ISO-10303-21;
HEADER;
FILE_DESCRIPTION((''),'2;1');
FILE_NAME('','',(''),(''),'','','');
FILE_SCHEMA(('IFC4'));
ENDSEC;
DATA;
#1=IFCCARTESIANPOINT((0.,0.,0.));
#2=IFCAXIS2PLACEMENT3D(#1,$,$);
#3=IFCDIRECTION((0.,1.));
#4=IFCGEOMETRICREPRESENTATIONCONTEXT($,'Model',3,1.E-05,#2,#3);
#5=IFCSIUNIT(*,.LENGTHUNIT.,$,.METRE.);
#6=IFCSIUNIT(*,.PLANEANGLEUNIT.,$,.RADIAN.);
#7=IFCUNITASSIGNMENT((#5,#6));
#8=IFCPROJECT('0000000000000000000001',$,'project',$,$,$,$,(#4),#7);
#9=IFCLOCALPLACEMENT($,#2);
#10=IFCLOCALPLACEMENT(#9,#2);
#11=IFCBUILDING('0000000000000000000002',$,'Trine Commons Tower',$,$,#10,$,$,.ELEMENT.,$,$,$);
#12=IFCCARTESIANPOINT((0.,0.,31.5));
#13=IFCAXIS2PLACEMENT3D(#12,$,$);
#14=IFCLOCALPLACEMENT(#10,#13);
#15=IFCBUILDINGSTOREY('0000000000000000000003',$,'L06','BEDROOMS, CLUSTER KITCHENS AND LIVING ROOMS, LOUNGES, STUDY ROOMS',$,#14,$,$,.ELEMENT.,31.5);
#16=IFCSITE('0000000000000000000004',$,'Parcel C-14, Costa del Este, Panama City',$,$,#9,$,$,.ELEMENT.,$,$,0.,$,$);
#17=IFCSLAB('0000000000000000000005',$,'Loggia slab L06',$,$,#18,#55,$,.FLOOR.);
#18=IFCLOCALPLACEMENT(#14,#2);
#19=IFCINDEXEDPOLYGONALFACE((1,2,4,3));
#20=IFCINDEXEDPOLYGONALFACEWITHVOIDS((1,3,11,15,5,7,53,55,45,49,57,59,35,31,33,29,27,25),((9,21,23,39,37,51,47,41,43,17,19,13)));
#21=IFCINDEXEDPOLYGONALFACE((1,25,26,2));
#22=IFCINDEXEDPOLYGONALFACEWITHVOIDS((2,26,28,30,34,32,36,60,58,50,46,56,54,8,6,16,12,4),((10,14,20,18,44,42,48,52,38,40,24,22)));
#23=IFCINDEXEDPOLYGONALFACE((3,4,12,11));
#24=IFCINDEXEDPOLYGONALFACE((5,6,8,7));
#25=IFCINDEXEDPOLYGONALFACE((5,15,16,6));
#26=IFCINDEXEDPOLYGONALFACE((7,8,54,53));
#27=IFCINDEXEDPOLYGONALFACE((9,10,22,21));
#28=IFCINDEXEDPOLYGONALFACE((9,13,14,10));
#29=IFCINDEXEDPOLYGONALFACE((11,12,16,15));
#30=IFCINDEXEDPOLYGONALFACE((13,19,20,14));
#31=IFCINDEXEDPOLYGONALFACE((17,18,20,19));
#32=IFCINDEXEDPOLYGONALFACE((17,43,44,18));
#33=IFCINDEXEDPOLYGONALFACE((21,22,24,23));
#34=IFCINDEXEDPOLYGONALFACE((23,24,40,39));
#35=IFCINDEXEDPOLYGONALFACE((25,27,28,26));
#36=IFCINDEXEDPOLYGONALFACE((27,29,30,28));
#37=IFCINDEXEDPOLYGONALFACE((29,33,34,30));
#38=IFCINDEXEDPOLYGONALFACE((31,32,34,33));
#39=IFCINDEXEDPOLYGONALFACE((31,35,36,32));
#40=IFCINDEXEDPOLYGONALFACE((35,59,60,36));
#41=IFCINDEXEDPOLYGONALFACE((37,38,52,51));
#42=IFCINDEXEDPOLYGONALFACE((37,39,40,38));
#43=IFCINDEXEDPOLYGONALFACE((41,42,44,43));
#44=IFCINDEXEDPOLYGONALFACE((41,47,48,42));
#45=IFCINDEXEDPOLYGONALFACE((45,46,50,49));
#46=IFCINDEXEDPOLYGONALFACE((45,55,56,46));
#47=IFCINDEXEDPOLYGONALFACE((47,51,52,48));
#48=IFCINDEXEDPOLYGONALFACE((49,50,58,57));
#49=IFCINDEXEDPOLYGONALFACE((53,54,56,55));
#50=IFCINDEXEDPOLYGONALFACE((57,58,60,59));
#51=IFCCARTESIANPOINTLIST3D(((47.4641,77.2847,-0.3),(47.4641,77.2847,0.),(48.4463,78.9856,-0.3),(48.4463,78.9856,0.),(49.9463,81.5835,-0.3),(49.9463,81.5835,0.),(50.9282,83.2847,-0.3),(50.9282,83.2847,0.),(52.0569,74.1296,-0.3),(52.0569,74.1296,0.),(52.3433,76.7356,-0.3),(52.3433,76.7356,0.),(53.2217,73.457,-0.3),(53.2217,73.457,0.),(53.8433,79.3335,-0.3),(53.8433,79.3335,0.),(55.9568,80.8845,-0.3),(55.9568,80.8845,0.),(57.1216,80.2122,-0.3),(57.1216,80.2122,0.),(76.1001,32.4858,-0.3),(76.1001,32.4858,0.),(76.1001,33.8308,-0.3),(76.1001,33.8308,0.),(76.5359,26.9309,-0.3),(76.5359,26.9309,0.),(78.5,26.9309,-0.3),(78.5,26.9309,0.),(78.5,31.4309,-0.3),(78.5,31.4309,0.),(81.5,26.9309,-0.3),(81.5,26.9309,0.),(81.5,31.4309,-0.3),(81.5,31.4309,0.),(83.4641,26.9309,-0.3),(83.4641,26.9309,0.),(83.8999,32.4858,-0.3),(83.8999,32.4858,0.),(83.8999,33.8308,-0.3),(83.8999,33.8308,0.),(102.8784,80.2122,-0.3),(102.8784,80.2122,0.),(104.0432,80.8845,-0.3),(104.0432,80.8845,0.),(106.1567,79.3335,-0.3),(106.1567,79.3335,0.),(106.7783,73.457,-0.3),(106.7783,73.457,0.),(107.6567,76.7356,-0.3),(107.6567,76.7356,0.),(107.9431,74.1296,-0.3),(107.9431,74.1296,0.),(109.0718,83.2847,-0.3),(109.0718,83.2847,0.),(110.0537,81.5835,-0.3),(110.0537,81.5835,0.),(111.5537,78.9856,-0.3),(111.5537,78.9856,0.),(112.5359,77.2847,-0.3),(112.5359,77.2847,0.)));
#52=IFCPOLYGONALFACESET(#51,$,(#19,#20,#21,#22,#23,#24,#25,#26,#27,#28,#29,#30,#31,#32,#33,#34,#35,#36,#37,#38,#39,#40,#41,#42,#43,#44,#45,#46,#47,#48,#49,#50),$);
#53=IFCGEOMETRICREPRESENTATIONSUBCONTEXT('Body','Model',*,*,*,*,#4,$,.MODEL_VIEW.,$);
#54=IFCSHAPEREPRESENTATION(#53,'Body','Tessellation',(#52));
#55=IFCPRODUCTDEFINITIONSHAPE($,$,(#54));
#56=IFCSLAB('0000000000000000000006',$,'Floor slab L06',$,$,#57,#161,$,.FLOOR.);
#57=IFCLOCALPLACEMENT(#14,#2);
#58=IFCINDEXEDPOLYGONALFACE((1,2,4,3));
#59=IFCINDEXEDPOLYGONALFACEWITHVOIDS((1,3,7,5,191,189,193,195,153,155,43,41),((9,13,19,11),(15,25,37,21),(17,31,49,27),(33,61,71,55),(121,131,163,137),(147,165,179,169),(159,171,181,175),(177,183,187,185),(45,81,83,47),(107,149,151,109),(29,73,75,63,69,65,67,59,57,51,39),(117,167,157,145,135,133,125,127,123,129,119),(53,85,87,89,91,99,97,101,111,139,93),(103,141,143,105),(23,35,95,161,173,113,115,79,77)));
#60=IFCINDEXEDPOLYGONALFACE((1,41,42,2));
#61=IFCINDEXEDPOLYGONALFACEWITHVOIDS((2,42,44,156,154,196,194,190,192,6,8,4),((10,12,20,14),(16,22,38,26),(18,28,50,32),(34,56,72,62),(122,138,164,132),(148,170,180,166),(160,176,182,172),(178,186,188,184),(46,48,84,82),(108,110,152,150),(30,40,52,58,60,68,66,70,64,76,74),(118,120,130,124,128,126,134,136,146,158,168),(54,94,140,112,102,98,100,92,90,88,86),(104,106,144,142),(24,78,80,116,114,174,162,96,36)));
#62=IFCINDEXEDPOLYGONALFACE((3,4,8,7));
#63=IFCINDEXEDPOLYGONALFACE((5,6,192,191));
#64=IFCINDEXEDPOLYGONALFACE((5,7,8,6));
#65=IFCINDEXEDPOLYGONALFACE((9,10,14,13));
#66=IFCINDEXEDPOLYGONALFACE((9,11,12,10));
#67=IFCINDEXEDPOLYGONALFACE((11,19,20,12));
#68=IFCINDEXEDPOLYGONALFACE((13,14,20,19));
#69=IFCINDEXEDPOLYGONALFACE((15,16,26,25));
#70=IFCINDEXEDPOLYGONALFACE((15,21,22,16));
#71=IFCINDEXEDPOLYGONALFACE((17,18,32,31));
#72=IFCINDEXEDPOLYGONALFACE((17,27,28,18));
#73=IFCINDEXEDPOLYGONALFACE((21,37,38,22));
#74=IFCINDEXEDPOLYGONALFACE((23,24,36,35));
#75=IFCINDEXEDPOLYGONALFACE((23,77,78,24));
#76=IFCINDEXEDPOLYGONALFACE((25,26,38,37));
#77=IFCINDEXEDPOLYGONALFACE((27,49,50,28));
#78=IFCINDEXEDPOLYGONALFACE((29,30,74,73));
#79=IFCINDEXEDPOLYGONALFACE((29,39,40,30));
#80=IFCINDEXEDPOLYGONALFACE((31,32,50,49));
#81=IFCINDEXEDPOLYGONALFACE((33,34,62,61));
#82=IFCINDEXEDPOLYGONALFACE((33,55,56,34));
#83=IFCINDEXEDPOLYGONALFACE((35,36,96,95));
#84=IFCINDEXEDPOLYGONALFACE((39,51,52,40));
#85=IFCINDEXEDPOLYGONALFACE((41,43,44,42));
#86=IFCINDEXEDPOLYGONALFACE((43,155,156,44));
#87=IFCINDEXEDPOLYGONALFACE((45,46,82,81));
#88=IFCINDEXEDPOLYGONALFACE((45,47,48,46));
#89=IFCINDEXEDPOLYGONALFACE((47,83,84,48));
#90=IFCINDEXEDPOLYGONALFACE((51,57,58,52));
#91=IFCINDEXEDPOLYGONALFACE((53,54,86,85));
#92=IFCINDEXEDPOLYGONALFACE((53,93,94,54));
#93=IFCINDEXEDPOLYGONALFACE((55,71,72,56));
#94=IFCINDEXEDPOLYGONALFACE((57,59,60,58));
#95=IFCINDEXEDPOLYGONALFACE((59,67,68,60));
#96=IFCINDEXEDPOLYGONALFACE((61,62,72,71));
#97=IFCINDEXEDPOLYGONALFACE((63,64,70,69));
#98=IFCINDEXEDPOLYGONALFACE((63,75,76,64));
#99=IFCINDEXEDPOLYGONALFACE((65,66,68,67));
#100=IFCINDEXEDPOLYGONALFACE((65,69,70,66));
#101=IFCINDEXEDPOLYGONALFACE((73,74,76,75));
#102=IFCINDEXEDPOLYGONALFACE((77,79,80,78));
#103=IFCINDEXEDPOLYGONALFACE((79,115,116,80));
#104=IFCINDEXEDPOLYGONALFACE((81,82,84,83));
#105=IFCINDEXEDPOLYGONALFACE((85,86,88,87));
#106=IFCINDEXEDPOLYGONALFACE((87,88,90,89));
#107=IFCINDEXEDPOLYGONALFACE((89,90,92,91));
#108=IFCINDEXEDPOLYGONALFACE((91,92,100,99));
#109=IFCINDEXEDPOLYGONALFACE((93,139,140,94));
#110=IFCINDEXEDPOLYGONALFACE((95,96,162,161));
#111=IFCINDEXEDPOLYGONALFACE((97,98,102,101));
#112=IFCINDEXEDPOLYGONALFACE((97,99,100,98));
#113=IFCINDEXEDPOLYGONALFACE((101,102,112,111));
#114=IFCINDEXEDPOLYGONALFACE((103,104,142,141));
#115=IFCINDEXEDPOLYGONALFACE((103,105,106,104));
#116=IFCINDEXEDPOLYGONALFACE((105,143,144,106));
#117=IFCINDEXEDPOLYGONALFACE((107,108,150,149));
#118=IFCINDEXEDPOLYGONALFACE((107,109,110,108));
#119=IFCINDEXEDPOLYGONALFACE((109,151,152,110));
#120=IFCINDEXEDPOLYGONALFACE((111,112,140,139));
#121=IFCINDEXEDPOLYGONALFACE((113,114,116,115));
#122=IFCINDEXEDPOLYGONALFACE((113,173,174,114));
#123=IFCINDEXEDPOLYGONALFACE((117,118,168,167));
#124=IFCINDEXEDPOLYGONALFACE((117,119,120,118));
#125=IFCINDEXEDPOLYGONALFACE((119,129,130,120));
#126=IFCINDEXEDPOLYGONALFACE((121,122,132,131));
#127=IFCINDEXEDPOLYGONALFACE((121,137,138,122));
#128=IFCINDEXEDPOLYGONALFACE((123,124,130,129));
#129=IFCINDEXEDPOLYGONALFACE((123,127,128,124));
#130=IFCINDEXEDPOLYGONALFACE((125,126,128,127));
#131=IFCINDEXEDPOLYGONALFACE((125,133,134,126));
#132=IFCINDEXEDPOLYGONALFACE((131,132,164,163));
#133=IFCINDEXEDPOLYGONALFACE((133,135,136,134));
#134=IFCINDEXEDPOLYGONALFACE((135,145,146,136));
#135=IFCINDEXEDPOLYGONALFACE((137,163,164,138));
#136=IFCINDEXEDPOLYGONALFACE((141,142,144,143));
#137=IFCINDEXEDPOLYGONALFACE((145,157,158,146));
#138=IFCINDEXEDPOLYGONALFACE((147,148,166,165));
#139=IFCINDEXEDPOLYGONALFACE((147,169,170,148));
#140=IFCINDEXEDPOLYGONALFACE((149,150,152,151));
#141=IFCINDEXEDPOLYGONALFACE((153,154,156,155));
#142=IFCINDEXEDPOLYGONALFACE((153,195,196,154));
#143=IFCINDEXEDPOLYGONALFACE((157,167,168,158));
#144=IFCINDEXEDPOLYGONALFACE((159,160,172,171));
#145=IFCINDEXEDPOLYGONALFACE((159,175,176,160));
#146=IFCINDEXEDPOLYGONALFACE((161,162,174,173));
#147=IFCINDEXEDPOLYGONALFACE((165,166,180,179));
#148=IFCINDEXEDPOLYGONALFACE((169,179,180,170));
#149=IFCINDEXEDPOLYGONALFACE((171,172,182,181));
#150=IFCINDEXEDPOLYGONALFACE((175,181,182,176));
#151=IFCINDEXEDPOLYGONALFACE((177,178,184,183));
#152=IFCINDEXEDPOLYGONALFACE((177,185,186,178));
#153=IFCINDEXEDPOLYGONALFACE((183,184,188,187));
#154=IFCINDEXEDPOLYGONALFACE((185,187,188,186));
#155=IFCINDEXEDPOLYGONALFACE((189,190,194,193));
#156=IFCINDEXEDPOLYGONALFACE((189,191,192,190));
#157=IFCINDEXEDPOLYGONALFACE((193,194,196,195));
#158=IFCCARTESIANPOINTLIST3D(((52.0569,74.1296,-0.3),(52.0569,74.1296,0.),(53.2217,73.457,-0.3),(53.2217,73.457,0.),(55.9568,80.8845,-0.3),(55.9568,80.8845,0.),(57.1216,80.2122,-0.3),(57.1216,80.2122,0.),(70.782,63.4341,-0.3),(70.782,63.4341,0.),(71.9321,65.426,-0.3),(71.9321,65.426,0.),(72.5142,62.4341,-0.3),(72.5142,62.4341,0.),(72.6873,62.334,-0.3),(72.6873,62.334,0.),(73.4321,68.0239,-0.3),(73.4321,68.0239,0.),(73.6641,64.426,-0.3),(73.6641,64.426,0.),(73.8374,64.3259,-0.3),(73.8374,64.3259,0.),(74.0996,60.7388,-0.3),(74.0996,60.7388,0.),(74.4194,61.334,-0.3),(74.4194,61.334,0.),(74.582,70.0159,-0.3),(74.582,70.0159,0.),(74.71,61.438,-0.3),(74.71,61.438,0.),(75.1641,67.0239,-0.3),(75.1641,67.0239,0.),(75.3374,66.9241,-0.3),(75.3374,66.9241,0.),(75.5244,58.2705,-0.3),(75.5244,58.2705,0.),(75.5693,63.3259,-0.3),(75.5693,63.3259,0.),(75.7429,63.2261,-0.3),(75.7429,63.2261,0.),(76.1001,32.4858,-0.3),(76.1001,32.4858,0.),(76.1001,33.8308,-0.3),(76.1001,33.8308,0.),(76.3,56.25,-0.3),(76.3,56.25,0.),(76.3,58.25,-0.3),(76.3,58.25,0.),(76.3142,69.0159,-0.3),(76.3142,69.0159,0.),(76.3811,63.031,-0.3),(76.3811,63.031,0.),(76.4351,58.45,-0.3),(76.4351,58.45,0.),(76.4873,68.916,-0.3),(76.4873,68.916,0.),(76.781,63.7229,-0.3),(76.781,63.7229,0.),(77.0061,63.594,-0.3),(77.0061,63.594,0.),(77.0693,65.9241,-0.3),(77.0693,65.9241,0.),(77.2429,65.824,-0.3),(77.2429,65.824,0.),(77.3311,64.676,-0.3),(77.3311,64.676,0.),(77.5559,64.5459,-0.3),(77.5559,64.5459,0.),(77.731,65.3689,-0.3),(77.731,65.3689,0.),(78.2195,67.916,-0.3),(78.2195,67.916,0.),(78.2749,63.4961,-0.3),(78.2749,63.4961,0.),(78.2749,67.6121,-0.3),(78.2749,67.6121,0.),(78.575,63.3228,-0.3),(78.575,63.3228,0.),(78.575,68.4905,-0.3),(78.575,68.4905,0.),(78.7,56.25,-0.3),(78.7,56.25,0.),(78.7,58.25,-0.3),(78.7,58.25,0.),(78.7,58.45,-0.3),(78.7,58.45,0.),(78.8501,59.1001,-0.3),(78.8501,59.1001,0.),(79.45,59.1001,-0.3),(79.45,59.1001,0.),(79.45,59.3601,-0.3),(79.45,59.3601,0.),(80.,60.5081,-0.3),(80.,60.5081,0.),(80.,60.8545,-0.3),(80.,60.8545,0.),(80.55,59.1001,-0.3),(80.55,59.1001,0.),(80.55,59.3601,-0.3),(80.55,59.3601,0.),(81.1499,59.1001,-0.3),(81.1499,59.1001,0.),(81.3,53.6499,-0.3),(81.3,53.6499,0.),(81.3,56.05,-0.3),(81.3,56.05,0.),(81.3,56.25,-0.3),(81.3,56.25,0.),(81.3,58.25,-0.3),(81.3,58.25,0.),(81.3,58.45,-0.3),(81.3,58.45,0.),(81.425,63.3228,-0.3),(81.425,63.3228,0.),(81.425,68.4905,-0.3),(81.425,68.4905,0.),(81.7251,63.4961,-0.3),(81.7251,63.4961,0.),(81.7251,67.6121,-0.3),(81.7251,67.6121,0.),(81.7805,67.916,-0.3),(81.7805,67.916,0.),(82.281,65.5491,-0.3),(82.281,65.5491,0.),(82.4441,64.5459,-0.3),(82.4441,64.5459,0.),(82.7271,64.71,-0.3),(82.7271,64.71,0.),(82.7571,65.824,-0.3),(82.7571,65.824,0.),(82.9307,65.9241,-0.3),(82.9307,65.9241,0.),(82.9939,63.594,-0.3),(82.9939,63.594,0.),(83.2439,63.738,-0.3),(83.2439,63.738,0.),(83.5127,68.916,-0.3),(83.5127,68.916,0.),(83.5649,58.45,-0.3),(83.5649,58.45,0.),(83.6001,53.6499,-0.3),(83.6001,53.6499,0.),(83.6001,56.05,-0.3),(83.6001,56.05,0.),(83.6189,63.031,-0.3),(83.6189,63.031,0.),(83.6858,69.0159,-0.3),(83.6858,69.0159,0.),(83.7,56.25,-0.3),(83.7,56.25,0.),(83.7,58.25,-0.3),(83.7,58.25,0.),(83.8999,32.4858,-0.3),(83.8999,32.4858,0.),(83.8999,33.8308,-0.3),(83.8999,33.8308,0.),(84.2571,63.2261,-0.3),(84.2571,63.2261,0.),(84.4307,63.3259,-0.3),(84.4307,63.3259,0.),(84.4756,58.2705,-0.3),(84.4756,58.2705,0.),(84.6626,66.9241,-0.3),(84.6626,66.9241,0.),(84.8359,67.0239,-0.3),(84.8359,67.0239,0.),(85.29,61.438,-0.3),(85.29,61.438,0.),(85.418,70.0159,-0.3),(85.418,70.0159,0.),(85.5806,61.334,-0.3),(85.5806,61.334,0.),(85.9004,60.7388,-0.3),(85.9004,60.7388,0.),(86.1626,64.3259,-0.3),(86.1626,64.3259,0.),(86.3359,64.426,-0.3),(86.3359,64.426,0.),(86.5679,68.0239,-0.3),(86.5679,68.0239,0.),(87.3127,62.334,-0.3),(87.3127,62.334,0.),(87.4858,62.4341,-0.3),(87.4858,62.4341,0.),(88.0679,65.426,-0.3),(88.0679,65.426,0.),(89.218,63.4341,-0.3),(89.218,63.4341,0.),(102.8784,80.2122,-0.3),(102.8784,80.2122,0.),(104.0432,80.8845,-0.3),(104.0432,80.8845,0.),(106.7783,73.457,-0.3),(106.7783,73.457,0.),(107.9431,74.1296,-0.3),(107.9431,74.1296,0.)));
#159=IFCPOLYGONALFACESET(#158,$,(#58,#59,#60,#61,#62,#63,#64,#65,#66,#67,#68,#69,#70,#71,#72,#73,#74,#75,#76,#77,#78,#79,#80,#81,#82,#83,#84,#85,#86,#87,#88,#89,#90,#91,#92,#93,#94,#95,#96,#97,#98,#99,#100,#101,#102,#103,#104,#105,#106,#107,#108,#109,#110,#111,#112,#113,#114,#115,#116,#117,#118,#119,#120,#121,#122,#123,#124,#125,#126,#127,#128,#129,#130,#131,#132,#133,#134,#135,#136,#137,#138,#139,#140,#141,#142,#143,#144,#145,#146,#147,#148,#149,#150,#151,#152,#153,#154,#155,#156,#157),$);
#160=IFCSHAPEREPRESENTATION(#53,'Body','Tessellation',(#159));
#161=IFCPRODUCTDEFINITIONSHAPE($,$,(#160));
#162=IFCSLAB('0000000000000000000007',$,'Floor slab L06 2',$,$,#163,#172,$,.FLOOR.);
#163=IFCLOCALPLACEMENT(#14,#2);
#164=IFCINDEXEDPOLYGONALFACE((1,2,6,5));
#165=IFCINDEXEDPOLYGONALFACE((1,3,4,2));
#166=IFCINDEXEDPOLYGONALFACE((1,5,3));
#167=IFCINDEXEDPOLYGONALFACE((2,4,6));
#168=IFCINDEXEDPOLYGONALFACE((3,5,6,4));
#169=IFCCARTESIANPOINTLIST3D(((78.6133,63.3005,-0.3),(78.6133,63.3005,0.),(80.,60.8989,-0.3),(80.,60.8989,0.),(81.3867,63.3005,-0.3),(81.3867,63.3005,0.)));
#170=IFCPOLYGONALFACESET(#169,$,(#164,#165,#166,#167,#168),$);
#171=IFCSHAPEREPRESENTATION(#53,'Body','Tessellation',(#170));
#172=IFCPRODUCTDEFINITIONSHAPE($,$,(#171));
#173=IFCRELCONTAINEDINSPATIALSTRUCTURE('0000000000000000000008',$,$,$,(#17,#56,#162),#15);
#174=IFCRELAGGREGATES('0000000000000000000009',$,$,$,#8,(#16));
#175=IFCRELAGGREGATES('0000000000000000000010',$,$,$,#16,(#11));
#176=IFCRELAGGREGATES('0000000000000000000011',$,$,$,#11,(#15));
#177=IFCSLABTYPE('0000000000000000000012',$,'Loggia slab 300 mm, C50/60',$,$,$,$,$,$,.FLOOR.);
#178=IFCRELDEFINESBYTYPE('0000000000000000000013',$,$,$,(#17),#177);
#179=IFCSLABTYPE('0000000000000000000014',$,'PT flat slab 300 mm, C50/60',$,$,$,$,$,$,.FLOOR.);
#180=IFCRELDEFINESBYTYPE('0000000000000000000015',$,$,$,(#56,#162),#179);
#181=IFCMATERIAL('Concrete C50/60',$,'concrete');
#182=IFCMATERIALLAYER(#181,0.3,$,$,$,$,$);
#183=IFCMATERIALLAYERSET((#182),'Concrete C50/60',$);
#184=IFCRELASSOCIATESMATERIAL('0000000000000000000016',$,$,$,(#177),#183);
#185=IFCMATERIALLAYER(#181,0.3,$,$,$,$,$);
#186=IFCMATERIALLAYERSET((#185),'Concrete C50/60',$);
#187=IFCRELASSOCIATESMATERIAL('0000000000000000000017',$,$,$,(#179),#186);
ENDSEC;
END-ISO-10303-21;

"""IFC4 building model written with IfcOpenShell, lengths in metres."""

from ifc_helpers import new_model, si_unit, direction, frame, origin, place, context, subcontext, project, spatial, polyline, outline, extrude, material, layer, layer_set, type_object, element, save


model = new_model("IFC4")

# Units and contexts
model_context = context("Model", 3, precision=1e-05, world=origin(), true_north=direction((0.0, 1.0)))
body_context = subcontext(model_context, "Body", "Model", "MODEL_VIEW")
ifc_project = project(units=[si_unit("LENGTHUNIT", "METRE"), si_unit("PLANEANGLEUNIT", "RADIAN")], contexts=[model_context])

# Site, building, storey
site_placement = place(None, origin())
site = spatial("IfcSite", under=ifc_project, at=site_placement, Name="Parcel C-14, Costa del Este, Panama City", CompositionType="ELEMENT", RefElevation=0.0)
building_placement = place(site_placement, origin())
building = spatial("IfcBuilding", under=site, at=building_placement, Name="Trine Commons Tower", CompositionType="ELEMENT")
storey_placement = place(building_placement, frame((0.0, 0.0, 31.5)))
storey = spatial("IfcBuildingStorey", under=building, at=storey_placement, Name="L06", Description="BEDROOMS, CLUSTER KITCHENS AND LIVING ROOMS, LOUNGES, STUDY ROOMS", CompositionType="ELEMENT", Elevation=31.5)

# Slabs
ifc_material_1 = material(Name="Concrete C50/60", Category="concrete")
ifc_layer_1 = layer(ifc_material_1, 0.3)
ifc_layer_set_1 = layer_set([ifc_layer_1], Name="Concrete C50/60")
slab_type_1 = type_object("IfcSlabType", Name="Loggia slab 300 mm, C50/60", PredefinedType="FLOOR", material=ifc_layer_set_1)
slab_1_placement = place(storey_placement, frame((0.0, 0.0, -0.3)))
element("IfcSlab", 1, at=slab_1_placement, inside=storey, type_object=slab_type_1, Name="Loggia slab L06", PredefinedType="FLOOR", context=body_context, shape_type="SweptSolid", body=[
    extrude(outline(polyline([(83.4641, 26.9309), (112.5359, 77.2847), (111.5537, 78.9856), (107.6567, 76.7356), (106.1567, 79.3335), (110.0537, 81.5835), (109.0718, 83.2847), (50.9282, 83.2847), (49.9463, 81.5835), (53.8433, 79.3335), (52.3433, 76.7356), (48.4463, 78.9856), (47.4641, 77.2847), (76.5359, 26.9309), (78.5, 26.9309), (78.5, 31.4309), (81.5, 31.4309), (81.5, 26.9309), (83.4641, 26.9309)]), holes=[polyline([(76.1001, 32.4858), (76.1001, 33.8308), (83.8999, 33.8308), (83.8999, 32.4858), (107.9431, 74.1296), (106.7783, 73.457), (102.8784, 80.2122), (104.0432, 80.8845), (55.9568, 80.8845), (57.1216, 80.2122), (53.2217, 73.457), (52.0569, 74.1296), (76.1001, 32.4858)])]), origin(), (0.0, 0.0, 1.0), 0.3),
])
ifc_layer_2 = layer(ifc_material_1, 0.3)
ifc_layer_set_2 = layer_set([ifc_layer_2], Name="Concrete C50/60")
slab_type_2 = type_object("IfcSlabType", Name="PT flat slab 300 mm, C50/60", PredefinedType="FLOOR", material=ifc_layer_set_2)
slab_2_placement = place(storey_placement, frame((0.0, 0.0, -0.3)))
element("IfcSlab", 2, at=slab_2_placement, inside=storey, type_object=slab_type_2, Name="Floor slab L06", PredefinedType="FLOOR", context=body_context, shape_type="SweptSolid", body=[
    extrude(outline(polyline([(52.0569, 74.1296), (76.1001, 32.4858), (76.1001, 33.8308), (83.8999, 33.8308), (83.8999, 32.4858), (107.9431, 74.1296), (106.7783, 73.457), (102.8784, 80.2122), (104.0432, 80.8845), (55.9568, 80.8845), (57.1216, 80.2122), (53.2217, 73.457), (52.0569, 74.1296)]), holes=[polyline([(76.3, 56.25), (78.7, 56.25), (78.7, 58.25), (76.3, 58.25), (76.3, 56.25)]), polyline([(81.1499, 59.1001), (81.3, 58.45), (83.5649, 58.45), (80.0, 60.5081), (76.4351, 58.45), (78.7, 58.45), (78.8501, 59.1001), (79.45, 59.1001), (79.45, 59.3601), (80.55, 59.3601), (80.55, 59.1001), (81.1499, 59.1001)]), polyline([(80.0, 60.8545), (84.4756, 58.2705), (85.9004, 60.7388), (81.425, 63.3228), (81.425, 68.4905), (78.575, 68.4905), (78.575, 63.3228), (74.0996, 60.7388), (75.5244, 58.2705), (80.0, 60.8545)]), polyline([(73.8374, 64.3259), (72.6873, 62.334), (74.4194, 61.334), (75.5693, 63.3259), (73.8374, 64.3259)]), polyline([(71.9321, 65.426), (70.782, 63.4341), (72.5142, 62.4341), (73.6641, 64.426), (71.9321, 65.426)]), polyline([(76.781, 63.7229), (76.3811, 63.031), (75.7429, 63.2261), (74.71, 61.438), (78.2749, 63.4961), (78.2749, 67.6121), (77.2429, 65.824), (77.731, 65.3689), (77.3311, 64.676), (77.5559, 64.5459), (77.0061, 63.594), (76.781, 63.7229)]), polyline([(76.4873, 68.916), (75.3374, 66.9241), (77.0693, 65.9241), (78.2195, 67.916), (76.4873, 68.916)]), polyline([(74.582, 70.0159), (73.4321, 68.0239), (75.1641, 67.0239), (76.3142, 69.0159), (74.582, 70.0159)]), polyline([(81.3, 53.6499), (83.6001, 53.6499), (83.6001, 56.05), (81.3, 56.05), (81.3, 53.6499)]), polyline([(81.3, 56.25), (83.7, 56.25), (83.7, 58.25), (81.3, 58.25), (81.3, 56.25)]), polyline([(87.3127, 62.334), (86.1626, 64.3259), (84.4307, 63.3259), (85.5806, 61.334), (87.3127, 62.334)]), polyline([(89.218, 63.4341), (88.0679, 65.426), (86.3359, 64.426), (87.4858, 62.4341), (89.218, 63.4341)]), polyline([(83.2439, 63.738), (82.9939, 63.594), (82.4441, 64.5459), (82.7271, 64.71), (82.281, 65.5491), (82.7571, 65.824), (81.7251, 67.6121), (81.7251, 63.4961), (85.29, 61.438), (84.2571, 63.2261), (83.6189, 63.031), (83.2439, 63.738)]), polyline([(82.9307, 65.9241), (84.6626, 66.9241), (83.5127, 68.916), (81.7805, 67.916), (82.9307, 65.9241)]), polyline([(84.8359, 67.0239), (86.5679, 68.0239), (85.418, 70.0159), (83.6858, 69.0159), (84.8359, 67.0239)])]), origin(), (0.0, 0.0, 1.0), 0.3),
])
slab_3_placement = place(storey_placement, frame((0.0, 0.0, -0.3)))
element("IfcSlab", 3, at=slab_3_placement, inside=storey, type_object=slab_type_2, Name="Floor slab L06 2", PredefinedType="FLOOR", context=body_context, shape_type="SweptSolid", body=[
    extrude(outline(polyline([(78.6133, 63.3005), (80.0, 60.8989), (81.3867, 63.3005), (78.6133, 63.3005)])), origin(), (0.0, 0.0, 1.0), 0.3),
])

save(model, "model.ifc")
